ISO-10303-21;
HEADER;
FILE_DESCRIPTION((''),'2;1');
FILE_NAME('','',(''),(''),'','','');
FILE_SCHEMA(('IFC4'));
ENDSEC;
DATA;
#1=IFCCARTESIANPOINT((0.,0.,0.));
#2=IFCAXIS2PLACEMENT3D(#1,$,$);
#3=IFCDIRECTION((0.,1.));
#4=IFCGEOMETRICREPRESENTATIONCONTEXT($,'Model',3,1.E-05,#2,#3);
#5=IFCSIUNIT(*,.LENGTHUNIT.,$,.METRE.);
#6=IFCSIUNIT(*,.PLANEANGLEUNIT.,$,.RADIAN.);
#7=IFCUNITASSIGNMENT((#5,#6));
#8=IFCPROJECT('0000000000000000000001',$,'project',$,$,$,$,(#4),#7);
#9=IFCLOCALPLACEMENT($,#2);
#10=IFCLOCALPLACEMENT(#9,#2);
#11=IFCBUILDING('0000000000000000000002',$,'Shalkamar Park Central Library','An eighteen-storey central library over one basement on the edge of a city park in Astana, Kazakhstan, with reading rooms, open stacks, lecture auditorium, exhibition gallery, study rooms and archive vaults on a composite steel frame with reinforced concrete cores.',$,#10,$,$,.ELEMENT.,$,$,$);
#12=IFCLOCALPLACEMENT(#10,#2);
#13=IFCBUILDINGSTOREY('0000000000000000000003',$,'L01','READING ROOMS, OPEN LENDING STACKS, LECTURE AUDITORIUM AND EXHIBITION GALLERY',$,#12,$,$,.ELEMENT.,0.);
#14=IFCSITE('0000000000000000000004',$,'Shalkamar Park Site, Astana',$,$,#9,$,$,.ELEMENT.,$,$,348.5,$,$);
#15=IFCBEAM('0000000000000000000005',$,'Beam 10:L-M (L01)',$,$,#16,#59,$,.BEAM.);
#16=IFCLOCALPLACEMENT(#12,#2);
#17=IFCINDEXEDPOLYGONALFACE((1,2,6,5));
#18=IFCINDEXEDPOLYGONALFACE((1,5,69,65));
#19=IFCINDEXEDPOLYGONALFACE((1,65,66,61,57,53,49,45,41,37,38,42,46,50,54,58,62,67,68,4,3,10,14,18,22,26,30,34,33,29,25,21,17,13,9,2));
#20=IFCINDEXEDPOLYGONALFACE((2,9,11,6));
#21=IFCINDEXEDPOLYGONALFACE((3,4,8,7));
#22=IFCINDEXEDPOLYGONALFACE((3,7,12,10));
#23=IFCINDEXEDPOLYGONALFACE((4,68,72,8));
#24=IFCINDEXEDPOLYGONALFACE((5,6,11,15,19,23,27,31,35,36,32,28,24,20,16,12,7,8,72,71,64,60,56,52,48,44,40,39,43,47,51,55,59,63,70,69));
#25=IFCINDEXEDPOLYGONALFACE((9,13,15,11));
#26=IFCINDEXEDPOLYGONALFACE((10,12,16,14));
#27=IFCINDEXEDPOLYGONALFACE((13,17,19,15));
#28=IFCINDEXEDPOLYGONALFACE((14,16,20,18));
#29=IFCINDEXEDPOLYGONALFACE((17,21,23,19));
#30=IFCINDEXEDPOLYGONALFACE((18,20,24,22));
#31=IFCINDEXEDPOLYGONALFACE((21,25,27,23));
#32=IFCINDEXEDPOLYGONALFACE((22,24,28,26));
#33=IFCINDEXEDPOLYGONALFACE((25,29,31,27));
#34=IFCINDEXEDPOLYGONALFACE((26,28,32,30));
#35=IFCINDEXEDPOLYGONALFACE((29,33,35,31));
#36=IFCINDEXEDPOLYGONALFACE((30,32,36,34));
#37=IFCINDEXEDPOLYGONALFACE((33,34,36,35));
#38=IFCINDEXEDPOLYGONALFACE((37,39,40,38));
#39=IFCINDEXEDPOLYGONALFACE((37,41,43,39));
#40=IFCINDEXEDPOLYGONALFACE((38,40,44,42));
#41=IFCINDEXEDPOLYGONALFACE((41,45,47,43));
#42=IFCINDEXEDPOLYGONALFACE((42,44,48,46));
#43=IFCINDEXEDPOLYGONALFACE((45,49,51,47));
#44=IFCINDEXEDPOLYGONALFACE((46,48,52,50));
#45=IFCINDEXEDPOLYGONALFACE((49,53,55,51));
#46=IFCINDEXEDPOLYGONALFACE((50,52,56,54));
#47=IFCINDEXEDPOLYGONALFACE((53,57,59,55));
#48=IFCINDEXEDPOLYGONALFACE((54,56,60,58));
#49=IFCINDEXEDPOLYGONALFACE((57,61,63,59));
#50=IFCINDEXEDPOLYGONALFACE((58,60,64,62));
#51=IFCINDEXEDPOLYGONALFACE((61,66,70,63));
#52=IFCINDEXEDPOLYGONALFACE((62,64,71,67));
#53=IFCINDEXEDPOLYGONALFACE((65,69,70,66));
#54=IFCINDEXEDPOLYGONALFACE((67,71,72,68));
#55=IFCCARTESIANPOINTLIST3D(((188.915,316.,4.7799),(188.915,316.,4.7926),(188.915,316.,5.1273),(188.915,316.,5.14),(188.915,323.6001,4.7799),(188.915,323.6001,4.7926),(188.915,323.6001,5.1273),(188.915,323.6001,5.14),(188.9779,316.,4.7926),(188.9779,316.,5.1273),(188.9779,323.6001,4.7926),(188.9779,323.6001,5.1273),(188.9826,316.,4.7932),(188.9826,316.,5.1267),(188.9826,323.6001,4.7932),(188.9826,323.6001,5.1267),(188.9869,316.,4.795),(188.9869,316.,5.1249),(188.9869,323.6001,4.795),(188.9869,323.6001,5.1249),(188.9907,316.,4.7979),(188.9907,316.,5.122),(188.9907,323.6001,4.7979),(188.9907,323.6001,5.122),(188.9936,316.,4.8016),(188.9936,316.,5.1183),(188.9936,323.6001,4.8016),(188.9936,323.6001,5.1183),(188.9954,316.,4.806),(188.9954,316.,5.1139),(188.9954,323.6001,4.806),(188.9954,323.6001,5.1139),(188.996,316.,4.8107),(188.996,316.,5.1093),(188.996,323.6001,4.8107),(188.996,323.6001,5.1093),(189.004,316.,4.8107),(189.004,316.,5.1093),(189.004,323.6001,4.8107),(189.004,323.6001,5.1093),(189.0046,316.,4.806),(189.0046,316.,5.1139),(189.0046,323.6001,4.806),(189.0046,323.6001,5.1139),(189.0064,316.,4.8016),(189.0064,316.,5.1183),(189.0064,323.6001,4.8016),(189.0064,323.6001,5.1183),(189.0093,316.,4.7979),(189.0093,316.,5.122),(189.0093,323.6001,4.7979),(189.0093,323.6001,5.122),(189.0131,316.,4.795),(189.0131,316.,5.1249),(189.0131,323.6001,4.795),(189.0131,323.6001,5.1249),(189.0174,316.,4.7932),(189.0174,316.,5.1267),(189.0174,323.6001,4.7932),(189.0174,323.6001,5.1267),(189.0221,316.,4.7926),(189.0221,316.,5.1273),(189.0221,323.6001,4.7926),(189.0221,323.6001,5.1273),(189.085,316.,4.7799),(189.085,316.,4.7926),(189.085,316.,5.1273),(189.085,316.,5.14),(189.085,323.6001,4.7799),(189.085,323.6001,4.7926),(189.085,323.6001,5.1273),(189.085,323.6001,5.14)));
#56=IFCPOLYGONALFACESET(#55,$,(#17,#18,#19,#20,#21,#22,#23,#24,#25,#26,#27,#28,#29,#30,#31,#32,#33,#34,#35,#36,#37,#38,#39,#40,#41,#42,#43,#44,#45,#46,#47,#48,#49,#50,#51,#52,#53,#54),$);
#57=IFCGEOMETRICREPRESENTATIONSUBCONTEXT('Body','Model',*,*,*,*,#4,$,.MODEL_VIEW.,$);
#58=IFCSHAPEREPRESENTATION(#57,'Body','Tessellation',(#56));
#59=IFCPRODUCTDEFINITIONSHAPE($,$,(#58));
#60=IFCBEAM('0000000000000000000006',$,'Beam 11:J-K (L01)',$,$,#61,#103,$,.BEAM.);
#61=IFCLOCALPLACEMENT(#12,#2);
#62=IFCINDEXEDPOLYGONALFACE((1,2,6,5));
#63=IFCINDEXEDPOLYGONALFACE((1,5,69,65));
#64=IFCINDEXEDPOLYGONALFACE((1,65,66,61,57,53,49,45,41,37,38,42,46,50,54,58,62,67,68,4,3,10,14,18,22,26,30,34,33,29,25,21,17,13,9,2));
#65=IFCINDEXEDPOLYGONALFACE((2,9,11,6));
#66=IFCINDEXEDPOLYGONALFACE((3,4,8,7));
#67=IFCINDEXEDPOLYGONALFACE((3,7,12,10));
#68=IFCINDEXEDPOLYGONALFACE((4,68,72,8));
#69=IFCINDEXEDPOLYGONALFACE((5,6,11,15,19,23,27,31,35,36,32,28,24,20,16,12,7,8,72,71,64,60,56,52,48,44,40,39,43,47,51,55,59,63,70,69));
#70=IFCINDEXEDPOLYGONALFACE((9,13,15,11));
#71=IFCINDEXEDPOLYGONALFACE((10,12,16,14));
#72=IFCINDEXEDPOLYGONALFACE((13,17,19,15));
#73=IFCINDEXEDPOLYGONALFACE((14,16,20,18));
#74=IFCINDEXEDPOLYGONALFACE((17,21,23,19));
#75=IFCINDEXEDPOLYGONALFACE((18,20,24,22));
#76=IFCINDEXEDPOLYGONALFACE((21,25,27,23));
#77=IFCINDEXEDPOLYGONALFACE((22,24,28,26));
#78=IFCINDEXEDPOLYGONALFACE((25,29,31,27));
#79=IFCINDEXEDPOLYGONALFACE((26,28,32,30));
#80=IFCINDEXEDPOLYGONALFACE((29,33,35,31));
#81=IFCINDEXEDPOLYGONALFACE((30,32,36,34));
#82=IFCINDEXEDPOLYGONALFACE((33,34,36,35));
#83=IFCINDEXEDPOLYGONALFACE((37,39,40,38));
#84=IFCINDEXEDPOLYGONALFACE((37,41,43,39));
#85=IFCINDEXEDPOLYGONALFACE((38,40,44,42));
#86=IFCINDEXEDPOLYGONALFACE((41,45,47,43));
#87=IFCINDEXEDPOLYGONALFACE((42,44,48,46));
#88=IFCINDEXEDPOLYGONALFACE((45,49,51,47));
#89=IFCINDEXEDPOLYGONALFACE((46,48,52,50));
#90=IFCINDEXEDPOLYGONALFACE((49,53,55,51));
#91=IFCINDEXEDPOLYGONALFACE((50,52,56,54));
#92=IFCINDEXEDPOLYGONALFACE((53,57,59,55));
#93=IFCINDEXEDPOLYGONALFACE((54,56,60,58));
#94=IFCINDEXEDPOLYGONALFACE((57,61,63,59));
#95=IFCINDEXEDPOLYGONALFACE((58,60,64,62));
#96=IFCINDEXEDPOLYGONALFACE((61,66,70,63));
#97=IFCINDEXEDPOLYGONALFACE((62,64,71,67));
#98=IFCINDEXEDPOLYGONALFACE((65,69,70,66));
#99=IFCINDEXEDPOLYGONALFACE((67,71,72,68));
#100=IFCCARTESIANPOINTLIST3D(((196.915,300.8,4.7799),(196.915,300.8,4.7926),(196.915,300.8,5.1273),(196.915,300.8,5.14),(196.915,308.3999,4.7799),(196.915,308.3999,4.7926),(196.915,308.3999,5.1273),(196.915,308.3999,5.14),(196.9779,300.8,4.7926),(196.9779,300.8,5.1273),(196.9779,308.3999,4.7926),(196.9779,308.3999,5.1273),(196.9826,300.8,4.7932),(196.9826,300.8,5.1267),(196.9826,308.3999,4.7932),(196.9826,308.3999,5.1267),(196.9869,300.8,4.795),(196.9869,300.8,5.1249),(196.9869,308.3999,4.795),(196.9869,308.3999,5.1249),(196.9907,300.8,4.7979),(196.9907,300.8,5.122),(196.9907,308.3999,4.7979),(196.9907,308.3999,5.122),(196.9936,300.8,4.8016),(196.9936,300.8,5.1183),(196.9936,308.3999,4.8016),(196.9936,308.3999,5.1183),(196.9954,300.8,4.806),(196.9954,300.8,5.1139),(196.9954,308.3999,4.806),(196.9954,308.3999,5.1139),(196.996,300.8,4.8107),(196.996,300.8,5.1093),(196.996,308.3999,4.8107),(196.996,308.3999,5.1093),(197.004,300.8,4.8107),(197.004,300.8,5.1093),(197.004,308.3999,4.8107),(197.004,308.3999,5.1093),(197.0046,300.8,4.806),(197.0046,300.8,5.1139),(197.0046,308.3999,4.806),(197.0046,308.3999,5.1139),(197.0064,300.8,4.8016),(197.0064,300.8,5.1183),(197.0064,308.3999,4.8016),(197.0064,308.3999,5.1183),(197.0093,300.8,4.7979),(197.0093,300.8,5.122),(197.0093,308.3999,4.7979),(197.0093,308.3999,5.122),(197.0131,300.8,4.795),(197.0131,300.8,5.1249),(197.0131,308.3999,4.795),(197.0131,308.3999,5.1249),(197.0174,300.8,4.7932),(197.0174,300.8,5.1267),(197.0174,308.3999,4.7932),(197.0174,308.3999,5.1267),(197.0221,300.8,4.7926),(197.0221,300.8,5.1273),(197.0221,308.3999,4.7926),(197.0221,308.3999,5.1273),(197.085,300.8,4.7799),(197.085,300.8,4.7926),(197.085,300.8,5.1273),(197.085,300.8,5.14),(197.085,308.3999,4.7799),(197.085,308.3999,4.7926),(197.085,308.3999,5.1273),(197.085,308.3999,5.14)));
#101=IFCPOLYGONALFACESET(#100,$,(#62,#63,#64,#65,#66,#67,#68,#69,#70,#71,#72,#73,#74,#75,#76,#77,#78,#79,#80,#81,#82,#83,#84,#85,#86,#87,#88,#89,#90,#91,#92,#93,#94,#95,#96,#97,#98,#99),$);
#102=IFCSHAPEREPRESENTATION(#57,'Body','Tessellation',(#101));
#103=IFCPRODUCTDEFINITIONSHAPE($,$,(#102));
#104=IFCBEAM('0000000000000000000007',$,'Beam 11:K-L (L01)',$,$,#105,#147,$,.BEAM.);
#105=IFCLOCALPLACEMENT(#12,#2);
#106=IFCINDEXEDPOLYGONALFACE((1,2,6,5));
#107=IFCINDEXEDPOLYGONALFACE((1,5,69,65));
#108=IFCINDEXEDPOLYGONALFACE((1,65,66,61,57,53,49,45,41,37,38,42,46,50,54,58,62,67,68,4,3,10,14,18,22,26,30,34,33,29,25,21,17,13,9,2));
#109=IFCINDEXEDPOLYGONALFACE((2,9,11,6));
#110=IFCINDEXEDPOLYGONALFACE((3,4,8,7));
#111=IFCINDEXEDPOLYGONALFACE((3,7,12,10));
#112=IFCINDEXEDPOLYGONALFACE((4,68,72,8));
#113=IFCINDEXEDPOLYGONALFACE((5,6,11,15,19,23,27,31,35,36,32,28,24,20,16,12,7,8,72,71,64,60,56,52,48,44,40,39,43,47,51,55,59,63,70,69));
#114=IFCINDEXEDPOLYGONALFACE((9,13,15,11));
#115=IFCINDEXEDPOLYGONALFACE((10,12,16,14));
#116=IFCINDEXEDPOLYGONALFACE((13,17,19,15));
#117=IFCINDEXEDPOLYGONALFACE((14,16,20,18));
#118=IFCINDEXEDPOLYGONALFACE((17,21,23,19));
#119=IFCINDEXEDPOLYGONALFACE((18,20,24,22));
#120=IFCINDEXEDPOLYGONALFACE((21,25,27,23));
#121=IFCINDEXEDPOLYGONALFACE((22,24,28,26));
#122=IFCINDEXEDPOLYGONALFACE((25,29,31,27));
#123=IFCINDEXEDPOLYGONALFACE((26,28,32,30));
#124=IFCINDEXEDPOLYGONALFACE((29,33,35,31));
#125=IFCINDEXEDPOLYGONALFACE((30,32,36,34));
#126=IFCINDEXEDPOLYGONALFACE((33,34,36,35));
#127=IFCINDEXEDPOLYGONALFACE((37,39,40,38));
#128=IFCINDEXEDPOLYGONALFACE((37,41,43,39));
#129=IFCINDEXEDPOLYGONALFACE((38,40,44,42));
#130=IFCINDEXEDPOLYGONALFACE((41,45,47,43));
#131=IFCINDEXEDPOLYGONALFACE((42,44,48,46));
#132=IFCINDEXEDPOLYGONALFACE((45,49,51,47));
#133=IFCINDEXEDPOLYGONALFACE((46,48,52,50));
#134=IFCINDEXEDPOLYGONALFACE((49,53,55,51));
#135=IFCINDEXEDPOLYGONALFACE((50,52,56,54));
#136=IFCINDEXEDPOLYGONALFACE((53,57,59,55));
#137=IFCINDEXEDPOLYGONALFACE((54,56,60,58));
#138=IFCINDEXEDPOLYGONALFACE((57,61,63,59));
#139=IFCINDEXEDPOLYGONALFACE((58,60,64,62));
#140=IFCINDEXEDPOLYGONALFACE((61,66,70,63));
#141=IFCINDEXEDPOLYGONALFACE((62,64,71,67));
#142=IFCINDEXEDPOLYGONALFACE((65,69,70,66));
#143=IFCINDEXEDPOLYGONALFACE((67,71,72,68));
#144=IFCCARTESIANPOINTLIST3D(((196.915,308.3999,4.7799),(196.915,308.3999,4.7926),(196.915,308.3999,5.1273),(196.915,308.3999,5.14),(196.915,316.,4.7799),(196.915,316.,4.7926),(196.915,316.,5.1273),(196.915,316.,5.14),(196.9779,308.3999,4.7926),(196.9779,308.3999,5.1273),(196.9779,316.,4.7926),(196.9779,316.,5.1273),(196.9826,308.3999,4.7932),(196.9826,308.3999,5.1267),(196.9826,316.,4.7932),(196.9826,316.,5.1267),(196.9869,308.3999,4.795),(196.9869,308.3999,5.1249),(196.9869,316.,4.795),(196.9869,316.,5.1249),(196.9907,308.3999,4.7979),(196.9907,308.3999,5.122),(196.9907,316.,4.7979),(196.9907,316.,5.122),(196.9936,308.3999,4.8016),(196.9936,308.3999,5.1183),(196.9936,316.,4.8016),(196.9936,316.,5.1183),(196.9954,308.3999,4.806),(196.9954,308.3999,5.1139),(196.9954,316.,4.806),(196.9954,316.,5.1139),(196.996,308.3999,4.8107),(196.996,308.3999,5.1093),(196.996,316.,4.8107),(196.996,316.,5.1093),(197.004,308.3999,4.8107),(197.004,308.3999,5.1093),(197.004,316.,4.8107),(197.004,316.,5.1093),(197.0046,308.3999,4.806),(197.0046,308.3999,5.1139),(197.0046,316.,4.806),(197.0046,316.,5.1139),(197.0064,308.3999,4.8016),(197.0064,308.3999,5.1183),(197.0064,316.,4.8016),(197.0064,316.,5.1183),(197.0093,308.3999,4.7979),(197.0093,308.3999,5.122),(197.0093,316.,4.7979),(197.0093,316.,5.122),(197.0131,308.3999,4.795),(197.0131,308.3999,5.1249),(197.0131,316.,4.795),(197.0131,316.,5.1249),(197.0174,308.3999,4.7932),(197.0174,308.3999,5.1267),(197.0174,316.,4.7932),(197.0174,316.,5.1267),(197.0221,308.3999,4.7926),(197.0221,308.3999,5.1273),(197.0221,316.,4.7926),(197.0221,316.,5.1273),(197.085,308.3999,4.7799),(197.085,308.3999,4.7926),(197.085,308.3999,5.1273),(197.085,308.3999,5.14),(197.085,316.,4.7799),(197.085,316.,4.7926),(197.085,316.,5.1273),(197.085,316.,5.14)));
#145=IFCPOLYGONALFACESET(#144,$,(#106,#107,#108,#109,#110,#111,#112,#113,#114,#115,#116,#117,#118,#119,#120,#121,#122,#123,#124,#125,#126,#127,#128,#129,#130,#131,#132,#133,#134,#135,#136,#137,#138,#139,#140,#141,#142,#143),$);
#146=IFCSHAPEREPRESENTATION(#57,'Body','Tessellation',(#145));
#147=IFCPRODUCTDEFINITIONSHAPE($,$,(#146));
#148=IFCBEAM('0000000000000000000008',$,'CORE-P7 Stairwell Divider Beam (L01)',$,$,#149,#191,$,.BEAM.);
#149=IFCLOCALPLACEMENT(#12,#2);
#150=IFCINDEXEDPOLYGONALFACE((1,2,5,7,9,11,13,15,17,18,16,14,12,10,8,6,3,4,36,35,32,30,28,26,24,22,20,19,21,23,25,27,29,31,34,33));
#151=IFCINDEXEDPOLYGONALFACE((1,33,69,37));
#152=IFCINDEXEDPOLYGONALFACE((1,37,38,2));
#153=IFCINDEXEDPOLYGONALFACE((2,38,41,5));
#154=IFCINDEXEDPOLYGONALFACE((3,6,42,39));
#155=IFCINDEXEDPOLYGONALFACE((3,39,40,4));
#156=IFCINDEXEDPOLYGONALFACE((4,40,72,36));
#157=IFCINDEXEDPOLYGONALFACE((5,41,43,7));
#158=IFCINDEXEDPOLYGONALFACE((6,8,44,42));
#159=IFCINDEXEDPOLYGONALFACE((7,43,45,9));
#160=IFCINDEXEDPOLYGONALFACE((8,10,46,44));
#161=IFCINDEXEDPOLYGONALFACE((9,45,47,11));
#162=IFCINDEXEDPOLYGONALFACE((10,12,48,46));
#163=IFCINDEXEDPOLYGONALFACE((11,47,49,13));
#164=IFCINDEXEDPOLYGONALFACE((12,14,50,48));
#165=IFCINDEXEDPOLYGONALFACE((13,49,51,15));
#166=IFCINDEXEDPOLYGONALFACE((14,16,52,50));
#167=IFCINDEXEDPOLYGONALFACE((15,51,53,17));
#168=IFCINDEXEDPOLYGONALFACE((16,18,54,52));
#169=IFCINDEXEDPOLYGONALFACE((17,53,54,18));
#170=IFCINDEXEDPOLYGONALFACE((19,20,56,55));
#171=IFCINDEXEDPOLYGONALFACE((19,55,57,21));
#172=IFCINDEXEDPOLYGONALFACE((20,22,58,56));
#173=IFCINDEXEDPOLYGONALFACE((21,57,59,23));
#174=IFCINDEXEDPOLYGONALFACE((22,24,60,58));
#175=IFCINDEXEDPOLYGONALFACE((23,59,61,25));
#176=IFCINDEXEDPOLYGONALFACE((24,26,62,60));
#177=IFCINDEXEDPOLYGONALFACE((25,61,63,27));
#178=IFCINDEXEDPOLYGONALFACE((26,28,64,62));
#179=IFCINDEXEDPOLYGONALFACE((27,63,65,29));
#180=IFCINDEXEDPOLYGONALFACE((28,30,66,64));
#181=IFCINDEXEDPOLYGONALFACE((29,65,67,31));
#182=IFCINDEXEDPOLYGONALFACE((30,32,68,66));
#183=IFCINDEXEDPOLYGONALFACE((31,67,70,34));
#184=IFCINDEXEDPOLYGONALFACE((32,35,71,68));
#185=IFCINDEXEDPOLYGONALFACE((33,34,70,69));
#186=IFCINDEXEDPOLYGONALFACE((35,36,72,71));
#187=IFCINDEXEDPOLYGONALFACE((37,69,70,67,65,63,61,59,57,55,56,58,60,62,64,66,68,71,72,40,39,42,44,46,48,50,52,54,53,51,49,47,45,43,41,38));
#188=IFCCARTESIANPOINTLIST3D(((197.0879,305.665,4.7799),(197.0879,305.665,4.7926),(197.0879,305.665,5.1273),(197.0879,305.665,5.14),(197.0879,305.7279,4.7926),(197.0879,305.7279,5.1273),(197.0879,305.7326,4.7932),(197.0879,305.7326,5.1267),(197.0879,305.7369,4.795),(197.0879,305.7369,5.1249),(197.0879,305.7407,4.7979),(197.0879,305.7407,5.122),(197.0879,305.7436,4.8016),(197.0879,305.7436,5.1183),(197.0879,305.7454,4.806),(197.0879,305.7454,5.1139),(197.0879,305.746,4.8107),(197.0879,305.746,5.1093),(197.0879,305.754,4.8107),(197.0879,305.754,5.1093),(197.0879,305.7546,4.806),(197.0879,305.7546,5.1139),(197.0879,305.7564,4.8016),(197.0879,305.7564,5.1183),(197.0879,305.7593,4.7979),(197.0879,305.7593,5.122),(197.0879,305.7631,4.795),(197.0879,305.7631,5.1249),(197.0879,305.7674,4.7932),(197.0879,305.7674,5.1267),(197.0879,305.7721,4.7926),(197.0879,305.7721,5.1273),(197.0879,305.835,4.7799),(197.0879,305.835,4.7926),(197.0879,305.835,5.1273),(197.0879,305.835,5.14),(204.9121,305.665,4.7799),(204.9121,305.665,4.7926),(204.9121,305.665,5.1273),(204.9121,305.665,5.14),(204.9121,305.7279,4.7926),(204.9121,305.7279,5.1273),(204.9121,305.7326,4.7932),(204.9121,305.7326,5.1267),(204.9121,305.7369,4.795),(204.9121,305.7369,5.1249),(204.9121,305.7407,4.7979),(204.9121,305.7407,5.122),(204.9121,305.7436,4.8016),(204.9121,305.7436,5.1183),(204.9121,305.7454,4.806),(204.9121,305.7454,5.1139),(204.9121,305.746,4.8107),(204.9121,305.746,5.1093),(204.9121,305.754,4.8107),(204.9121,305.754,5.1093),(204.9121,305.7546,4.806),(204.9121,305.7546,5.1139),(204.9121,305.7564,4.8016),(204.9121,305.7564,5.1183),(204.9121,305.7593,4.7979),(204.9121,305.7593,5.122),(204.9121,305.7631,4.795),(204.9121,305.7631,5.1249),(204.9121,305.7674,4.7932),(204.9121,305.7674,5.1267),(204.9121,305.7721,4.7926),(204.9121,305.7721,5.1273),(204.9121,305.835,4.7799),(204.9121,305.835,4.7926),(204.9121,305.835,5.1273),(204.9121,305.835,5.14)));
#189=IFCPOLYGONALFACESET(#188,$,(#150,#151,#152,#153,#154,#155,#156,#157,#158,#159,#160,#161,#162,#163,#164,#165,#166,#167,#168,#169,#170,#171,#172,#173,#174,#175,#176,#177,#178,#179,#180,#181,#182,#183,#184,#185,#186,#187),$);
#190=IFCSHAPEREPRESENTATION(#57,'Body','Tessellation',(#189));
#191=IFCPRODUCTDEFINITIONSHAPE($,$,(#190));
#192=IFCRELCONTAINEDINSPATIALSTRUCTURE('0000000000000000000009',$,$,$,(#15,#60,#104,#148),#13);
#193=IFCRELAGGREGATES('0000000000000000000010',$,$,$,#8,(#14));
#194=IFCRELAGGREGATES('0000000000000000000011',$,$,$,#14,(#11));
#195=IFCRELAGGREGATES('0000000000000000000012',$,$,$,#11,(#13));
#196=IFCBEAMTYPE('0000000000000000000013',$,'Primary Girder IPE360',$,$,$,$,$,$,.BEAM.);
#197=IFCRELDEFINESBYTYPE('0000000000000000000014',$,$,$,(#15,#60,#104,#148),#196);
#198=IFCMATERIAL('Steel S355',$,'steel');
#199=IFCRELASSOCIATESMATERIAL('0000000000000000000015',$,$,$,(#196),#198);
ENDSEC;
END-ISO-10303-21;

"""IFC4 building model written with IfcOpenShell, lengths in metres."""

from ifc_helpers import new_model, si_unit, direction, frame, origin, origin_2d, place, context, subcontext, project, spatial, i_section, extrude, material, material_profile, profile_set, type_object, element, save


model = new_model("IFC4")

# Units and contexts
model_context = context("Model", 3, precision=1e-05, world=origin(), true_north=direction((0.0, 1.0)))
body_context = subcontext(model_context, "Body", "Model", "MODEL_VIEW")
ifc_project = project(units=[si_unit("LENGTHUNIT", "METRE"), si_unit("PLANEANGLEUNIT", "RADIAN")], contexts=[model_context])

# Site, building, storey
site_placement = place(None, origin())
site = spatial("IfcSite", under=ifc_project, at=site_placement, Name="Shalkamar Park Site, Astana", CompositionType="ELEMENT", RefElevation=348.5)
building_placement = place(site_placement, origin())
building = spatial("IfcBuilding", under=site, at=building_placement, Name="Shalkamar Park Central Library", Description="An eighteen-storey central library over one basement on the edge of a city park in Astana, Kazakhstan, with reading rooms, open stacks, lecture auditorium, exhibition gallery, study rooms and archive vaults on a composite steel frame with reinforced concrete cores.", CompositionType="ELEMENT")
storey_placement = place(building_placement, origin())
storey = spatial("IfcBuildingStorey", under=building, at=storey_placement, Name="L01", Description="READING ROOMS, OPEN LENDING STACKS, LECTURE AUDITORIUM AND EXHIBITION GALLERY", CompositionType="ELEMENT", Elevation=0.0)

# Shared definitions
ifc_material_1 = material(Name="Steel S355", Category="steel")

# Beams
ifc_material_profile_1 = material_profile(ifc_material_1, i_section(OverallWidth=0.1699, OverallDepth=0.3601, WebThickness=0.0081, FlangeThickness=0.0127, FilletRadius=0.0181, at=origin_2d()), Name="IPE 360")
ifc_profile_set_1 = profile_set([ifc_material_profile_1], Name="Steel S355")
beam_type_1 = type_object("IfcBeamType", Name="Primary Girder IPE360", PredefinedType="BEAM", material=ifc_profile_set_1)
for number, where, z_axis, x_axis, name in (
    (1, (189.0, 316.0, 4.96), (0.0, 1.0, 0.0), (-1.0, 0.0, 0.0), "Beam 10:L-M (L01)"),
):
    element("IfcBeam", number, at=place(storey_placement, frame(where, z_axis=z_axis, x_axis=x_axis)), inside=storey, type_object=beam_type_1, Name=name, PredefinedType="BEAM", context=body_context, shape_type="SweptSolid", body=[
        extrude(i_section(OverallWidth=0.1699, OverallDepth=0.3601, WebThickness=0.0081, FlangeThickness=0.0127, FilletRadius=0.0181, at=origin_2d()), origin(), (0.0, 0.0, 1.0), 7.6001),
    ])
beam_1_placement = place(storey_placement, frame((197.0, 300.8, 4.96), z_axis=(0.0, 1.0, 0.0), x_axis=(-1.0, 0.0, 0.0)))
element("IfcBeam", 2, at=beam_1_placement, inside=storey, type_object=beam_type_1, Name="Beam 11:J-K (L01)", PredefinedType="BEAM", context=body_context, shape_type="SweptSolid", body=[
    extrude(i_section(OverallWidth=0.1699, OverallDepth=0.3601, WebThickness=0.0081, FlangeThickness=0.0127, FilletRadius=0.0181, at=origin_2d()), origin(), (0.0, 0.0, 1.0), 7.5999),
])
beam_2_placement = place(storey_placement, frame((197.0, 308.3999, 4.96), z_axis=(0.0, 1.0, 0.0), x_axis=(-1.0, 0.0, 0.0)))
element("IfcBeam", 3, at=beam_2_placement, inside=storey, type_object=beam_type_1, Name="Beam 11:K-L (L01)", PredefinedType="BEAM", context=body_context, shape_type="SweptSolid", body=[
    extrude(i_section(OverallWidth=0.1699, OverallDepth=0.3601, WebThickness=0.0081, FlangeThickness=0.0127, FilletRadius=0.0181, at=origin_2d()), origin(), (0.0, 0.0, 1.0), 7.6001),
])
beam_3_placement = place(storey_placement, frame((197.0879, 305.75, 4.96), z_axis=(1.0, 0.0, 0.0), x_axis=(0.0, 1.0, 0.0)))
element("IfcBeam", 4, at=beam_3_placement, inside=storey, type_object=beam_type_1, Name="CORE-P7 Stairwell Divider Beam (L01)", PredefinedType="BEAM", context=body_context, shape_type="SweptSolid", body=[
    extrude(i_section(OverallWidth=0.1699, OverallDepth=0.3601, WebThickness=0.0081, FlangeThickness=0.0127, FilletRadius=0.0181, at=origin_2d()), origin(), (0.0, 0.0, 1.0), 7.8242),
])

save(model, "model.ifc")
